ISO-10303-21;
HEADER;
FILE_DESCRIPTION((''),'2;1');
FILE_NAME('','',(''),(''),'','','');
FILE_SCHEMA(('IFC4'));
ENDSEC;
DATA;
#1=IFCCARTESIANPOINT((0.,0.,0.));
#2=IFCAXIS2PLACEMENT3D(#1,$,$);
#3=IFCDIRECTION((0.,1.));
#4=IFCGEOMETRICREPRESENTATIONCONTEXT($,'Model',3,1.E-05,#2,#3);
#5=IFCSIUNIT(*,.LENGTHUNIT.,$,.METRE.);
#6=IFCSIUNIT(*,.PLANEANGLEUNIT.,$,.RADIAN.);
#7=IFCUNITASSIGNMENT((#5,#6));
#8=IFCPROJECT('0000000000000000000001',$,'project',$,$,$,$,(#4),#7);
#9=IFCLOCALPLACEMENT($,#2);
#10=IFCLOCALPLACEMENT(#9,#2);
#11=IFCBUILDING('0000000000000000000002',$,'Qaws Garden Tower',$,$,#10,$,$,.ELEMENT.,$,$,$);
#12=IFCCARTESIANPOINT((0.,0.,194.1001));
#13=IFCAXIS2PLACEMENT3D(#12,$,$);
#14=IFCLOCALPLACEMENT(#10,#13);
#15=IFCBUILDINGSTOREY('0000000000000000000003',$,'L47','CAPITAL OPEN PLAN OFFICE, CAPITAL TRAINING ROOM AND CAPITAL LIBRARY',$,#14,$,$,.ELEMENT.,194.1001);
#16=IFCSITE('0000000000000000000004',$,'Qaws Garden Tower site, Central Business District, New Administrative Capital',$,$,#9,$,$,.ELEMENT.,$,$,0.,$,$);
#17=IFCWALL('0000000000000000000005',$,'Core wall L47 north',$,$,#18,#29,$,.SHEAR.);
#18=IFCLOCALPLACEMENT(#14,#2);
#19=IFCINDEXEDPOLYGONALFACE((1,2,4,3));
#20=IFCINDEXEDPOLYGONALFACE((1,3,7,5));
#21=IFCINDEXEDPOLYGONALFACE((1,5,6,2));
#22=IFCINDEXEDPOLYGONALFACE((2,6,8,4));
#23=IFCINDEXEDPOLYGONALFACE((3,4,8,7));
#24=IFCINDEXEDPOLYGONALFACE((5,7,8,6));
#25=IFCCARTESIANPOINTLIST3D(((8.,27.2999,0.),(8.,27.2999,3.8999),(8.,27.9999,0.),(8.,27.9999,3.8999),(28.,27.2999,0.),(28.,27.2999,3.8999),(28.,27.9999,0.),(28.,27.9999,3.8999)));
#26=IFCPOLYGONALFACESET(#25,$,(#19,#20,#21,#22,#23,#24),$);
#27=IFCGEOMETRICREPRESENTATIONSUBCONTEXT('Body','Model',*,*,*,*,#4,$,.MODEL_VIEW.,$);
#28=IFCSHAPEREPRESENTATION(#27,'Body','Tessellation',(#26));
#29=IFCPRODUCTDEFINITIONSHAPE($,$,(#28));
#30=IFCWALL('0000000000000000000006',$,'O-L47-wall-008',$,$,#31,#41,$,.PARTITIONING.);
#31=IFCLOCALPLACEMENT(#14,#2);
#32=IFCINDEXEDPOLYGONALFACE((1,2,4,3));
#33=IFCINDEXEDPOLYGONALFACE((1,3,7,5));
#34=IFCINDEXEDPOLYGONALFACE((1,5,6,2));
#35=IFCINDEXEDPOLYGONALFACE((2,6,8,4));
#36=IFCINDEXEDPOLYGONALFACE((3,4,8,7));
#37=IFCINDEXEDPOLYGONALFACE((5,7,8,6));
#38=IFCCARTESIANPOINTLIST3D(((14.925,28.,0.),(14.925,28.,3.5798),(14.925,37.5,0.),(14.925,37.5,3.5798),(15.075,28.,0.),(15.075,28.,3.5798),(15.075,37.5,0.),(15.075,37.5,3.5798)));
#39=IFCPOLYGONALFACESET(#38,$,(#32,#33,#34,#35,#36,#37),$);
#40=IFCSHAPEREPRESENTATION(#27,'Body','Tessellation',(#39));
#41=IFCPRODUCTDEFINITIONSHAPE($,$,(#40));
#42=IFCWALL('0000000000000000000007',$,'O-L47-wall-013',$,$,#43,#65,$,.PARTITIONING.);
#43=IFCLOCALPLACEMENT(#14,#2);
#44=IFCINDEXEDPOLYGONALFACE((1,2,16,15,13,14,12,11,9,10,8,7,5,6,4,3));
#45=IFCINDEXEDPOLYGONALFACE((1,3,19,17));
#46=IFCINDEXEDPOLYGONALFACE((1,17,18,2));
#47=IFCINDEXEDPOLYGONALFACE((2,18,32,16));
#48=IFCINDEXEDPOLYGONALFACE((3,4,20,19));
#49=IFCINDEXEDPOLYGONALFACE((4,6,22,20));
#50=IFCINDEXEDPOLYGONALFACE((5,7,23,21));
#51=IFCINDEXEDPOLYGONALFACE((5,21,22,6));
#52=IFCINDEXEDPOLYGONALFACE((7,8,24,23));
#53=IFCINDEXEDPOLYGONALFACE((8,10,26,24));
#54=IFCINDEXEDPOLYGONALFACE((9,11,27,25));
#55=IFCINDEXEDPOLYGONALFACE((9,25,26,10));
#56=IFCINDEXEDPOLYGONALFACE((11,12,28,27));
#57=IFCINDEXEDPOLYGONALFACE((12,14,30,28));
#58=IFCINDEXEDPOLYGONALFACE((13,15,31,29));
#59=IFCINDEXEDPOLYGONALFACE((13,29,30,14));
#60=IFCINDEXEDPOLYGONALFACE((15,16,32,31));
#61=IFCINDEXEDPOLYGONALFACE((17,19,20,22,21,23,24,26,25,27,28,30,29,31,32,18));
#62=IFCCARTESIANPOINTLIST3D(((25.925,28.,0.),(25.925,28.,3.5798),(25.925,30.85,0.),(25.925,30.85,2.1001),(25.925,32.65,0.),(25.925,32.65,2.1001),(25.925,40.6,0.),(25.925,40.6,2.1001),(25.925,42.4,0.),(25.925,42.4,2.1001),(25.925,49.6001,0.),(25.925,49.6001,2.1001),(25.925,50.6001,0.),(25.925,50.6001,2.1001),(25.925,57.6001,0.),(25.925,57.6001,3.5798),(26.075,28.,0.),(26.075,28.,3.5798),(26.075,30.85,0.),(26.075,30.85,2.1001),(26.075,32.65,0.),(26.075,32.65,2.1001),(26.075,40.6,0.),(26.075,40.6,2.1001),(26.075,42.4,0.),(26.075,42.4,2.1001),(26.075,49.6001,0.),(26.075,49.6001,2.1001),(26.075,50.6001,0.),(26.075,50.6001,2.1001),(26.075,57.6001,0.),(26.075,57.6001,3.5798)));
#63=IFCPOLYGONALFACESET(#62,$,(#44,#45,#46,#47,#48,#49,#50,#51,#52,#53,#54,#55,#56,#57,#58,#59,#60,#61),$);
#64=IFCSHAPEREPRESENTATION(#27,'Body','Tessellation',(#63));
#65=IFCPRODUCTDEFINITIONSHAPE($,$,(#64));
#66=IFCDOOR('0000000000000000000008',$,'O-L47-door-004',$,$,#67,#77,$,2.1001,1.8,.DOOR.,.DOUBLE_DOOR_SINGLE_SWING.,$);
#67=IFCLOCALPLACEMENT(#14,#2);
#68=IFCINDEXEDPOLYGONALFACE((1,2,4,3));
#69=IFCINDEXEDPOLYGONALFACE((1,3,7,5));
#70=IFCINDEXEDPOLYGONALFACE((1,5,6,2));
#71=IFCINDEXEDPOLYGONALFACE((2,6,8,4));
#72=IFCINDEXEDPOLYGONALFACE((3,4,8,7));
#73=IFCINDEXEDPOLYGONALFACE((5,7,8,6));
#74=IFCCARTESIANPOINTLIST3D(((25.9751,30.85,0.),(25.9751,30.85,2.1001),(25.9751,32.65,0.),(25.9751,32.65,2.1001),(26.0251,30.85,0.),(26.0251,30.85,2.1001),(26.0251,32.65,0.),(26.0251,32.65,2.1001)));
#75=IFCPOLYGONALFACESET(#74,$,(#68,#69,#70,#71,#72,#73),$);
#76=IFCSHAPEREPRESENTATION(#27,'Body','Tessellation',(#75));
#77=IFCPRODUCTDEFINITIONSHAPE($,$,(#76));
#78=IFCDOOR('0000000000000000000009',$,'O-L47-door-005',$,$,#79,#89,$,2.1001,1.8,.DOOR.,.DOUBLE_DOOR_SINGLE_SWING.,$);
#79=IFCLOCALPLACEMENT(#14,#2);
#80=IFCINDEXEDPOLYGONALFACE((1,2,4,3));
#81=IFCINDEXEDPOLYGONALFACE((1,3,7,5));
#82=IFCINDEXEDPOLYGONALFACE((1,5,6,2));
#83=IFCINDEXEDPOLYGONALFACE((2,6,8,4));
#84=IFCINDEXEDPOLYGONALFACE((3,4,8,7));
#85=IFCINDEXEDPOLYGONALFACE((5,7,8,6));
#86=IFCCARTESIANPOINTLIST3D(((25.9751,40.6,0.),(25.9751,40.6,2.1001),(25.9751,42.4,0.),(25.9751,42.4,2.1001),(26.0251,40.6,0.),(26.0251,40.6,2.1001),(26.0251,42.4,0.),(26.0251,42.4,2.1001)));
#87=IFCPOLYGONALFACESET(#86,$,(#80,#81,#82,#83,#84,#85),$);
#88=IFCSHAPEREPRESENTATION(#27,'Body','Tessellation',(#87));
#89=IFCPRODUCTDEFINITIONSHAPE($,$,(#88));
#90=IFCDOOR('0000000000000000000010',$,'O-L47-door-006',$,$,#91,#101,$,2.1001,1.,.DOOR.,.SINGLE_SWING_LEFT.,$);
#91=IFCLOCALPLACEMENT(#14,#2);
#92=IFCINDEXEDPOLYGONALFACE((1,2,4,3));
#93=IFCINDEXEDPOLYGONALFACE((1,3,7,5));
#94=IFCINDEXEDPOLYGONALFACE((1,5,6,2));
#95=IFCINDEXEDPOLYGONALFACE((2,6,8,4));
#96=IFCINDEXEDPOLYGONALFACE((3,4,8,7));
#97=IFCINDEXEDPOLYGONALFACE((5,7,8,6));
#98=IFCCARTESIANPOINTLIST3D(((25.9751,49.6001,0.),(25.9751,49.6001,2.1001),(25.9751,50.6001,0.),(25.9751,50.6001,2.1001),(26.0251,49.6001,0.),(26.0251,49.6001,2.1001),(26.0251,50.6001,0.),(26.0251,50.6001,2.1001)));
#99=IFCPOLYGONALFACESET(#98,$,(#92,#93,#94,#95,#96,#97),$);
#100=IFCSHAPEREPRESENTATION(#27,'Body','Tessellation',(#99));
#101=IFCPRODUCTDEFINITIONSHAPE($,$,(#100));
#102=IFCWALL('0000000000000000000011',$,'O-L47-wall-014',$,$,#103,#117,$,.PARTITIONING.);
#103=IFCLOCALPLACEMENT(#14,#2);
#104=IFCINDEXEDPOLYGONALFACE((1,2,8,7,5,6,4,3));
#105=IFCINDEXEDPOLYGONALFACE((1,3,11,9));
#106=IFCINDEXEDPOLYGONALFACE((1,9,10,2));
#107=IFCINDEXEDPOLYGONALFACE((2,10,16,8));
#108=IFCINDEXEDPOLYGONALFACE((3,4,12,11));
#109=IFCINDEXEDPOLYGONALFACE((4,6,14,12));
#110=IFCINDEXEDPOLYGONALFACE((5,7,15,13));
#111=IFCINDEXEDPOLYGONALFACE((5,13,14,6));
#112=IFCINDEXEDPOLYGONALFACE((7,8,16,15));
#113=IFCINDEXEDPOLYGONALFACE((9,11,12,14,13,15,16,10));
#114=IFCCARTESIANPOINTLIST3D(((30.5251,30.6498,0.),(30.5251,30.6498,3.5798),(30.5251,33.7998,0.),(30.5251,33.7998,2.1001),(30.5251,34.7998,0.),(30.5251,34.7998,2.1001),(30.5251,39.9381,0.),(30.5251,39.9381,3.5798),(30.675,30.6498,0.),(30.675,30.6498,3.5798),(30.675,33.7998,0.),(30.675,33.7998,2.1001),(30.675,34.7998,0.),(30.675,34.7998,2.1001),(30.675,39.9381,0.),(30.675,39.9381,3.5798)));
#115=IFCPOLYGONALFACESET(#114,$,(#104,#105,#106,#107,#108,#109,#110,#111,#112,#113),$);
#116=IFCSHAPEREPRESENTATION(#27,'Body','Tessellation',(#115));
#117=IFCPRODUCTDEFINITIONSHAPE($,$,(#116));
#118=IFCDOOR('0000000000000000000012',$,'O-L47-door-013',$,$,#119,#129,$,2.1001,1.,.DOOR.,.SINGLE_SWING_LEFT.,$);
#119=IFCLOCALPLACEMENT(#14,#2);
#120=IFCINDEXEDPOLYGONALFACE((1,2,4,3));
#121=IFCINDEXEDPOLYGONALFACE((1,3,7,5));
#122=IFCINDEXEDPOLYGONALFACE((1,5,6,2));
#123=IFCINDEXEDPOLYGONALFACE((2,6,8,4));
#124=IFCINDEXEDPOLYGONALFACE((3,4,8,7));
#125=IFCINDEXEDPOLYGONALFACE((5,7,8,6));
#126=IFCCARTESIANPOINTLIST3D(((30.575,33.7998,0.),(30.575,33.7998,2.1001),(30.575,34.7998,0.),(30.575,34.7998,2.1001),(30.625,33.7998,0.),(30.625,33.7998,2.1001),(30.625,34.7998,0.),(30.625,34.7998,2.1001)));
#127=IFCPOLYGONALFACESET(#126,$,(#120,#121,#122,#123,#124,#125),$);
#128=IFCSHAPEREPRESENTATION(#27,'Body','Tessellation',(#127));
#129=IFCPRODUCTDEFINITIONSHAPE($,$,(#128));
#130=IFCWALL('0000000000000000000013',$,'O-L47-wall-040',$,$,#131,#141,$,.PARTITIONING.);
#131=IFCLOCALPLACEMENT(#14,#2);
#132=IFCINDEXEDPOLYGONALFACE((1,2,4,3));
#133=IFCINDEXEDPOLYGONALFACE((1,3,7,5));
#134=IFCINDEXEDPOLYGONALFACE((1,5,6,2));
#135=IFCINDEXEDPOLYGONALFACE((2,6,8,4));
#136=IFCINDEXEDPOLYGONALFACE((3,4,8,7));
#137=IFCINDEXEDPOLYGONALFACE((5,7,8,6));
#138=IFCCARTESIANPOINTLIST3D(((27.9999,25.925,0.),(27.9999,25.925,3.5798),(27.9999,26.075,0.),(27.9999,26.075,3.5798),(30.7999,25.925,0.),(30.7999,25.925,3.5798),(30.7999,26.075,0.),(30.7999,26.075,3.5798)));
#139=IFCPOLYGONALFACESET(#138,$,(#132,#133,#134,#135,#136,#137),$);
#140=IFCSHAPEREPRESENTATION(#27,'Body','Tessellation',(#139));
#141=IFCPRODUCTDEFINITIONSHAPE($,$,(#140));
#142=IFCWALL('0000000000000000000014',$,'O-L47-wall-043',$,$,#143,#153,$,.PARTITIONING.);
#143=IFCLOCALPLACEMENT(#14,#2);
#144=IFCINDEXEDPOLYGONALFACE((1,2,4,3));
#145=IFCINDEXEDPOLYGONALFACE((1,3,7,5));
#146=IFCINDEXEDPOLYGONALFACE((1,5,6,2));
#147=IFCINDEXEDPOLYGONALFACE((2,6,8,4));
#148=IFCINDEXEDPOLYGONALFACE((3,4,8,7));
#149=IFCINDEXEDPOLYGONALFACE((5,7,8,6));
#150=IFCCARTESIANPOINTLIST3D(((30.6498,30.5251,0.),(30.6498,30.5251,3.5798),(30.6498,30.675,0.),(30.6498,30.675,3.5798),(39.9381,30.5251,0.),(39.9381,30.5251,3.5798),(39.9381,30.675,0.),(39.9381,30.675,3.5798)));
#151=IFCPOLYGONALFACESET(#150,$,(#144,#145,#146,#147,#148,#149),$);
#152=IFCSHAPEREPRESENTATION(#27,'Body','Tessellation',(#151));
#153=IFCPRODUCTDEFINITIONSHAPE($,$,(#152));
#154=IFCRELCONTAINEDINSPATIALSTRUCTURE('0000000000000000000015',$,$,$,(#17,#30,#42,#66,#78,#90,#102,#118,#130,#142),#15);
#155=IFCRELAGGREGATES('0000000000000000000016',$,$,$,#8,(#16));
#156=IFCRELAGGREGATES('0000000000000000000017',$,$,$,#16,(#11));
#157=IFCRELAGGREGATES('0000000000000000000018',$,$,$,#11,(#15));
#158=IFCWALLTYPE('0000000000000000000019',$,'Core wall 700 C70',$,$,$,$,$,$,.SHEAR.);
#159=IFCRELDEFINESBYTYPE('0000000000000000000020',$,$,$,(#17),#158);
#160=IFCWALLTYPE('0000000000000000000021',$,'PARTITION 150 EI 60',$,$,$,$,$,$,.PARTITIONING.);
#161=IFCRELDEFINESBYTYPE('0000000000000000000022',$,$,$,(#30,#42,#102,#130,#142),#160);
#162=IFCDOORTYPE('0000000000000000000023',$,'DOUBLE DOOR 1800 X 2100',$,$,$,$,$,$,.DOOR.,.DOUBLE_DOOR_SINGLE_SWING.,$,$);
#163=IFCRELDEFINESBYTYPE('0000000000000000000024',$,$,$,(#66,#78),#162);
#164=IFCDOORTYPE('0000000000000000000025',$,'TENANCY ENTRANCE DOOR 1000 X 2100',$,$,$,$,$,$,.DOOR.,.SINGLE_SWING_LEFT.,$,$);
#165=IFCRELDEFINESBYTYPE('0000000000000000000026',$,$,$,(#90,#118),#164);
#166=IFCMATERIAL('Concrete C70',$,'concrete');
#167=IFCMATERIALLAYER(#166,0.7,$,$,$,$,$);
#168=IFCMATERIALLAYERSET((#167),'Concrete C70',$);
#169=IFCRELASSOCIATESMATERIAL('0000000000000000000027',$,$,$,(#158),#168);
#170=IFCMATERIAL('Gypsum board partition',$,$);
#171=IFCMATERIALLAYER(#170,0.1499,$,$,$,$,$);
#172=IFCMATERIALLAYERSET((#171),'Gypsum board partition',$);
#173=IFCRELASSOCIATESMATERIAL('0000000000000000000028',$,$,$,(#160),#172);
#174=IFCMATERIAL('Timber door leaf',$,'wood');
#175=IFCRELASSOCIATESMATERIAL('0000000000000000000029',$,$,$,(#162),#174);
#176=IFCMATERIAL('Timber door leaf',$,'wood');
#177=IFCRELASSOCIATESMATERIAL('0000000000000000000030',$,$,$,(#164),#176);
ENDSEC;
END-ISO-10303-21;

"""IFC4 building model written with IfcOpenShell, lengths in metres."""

from ifc_helpers import new_model, si_unit, direction, frame, frame_2d, origin, place, context, subcontext, project, spatial, rectangle, extrude, material, layer, layer_set, type_object, element, fill, save


model = new_model("IFC4")

# Units and contexts
model_context = context("Model", 3, precision=1e-05, world=origin(), true_north=direction((0.0, 1.0)))
body_context = subcontext(model_context, "Body", "Model", "MODEL_VIEW")
ifc_project = project(units=[si_unit("LENGTHUNIT", "METRE"), si_unit("PLANEANGLEUNIT", "RADIAN")], contexts=[model_context])

# Site, building, storey
site_placement = place(None, origin())
site = spatial("IfcSite", under=ifc_project, at=site_placement, Name="Qaws Garden Tower site, Central Business District, New Administrative Capital", CompositionType="ELEMENT", RefElevation=0.0)
building_placement = place(site_placement, origin())
building = spatial("IfcBuilding", under=site, at=building_placement, Name="Qaws Garden Tower", CompositionType="ELEMENT")
storey_placement = place(building_placement, frame((0.0, 0.0, 194.1001)))
storey = spatial("IfcBuildingStorey", under=building, at=storey_placement, Name="L47", Description="CAPITAL OPEN PLAN OFFICE, CAPITAL TRAINING ROOM AND CAPITAL LIBRARY", CompositionType="ELEMENT", Elevation=194.1001)

# Walls
ifc_material_1 = material(Name="Concrete C70", Category="concrete")
ifc_layer_1 = layer(ifc_material_1, 0.7)
ifc_layer_set_1 = layer_set([ifc_layer_1], Name="Concrete C70")
wall_type_1 = type_object("IfcWallType", Name="Core wall 700 C70", PredefinedType="SHEAR", material=ifc_layer_set_1)
wall_1_placement = place(storey_placement, frame((28.0, 27.6499, 0.0), z_axis=(0.0, 0.0, 1.0), x_axis=(-1.0, 0.0, 0.0)))
element("IfcWall", 1, at=wall_1_placement, inside=storey, type_object=wall_type_1, Name="Core wall L47 north", PredefinedType="SHEAR", context=body_context, shape_type="SweptSolid", body=[
    extrude(rectangle(XDim=20.0, YDim=0.7, at=frame_2d((10.0, 0.0))), origin(), (0.0, 0.0, 1.0), 3.8999),
])
ifc_material_2 = material(Name="Gypsum board partition")
ifc_layer_2 = layer(ifc_material_2, 0.1499)
ifc_layer_set_2 = layer_set([ifc_layer_2], Name="Gypsum board partition")
wall_type_2 = type_object("IfcWallType", Name="PARTITION 150 EI 60", PredefinedType="PARTITIONING", material=ifc_layer_set_2)
wall_2_placement = place(storey_placement, frame((15.0, 28.0, 0.0), z_axis=(0.0, 0.0, 1.0), x_axis=(0.0, 1.0, 0.0)))
element("IfcWall", 2, at=wall_2_placement, inside=storey, type_object=wall_type_2, Name="O-L47-wall-008", PredefinedType="PARTITIONING", context=body_context, shape_type="SweptSolid", body=[
    extrude(rectangle(XDim=9.5, YDim=0.1499, at=frame_2d((4.75, 0.0))), origin(), (0.0, 0.0, 1.0), 3.5798),
])

# Wall, openings, doors
wall_3_placement = place(storey_placement, frame((26.0, 28.0, 0.0), z_axis=(0.0, 0.0, 1.0), x_axis=(0.0, 1.0, 0.0)))
wall_3 = element("IfcWall", 3, at=wall_3_placement, inside=storey, type_object=wall_type_2, Name="O-L47-wall-013", PredefinedType="PARTITIONING", context=body_context, shape_type="SweptSolid", body=[
    extrude(rectangle(XDim=29.6001, YDim=0.1499, at=frame_2d((14.8, 0.0))), origin(), (0.0, 0.0, 1.0), 3.5798),
])
opening_1_placement = place(wall_3_placement, frame((2.8501, 0.0, 0.0)))
opening_1 = element("IfcOpeningElement", 4, at=opening_1_placement, cuts=wall_3, PredefinedType="OPENING", context=body_context, shape_type="SweptSolid", body=[
    extrude(rectangle(XDim=1.8, YDim=2.1001, at=frame_2d((0.8999, 1.05))), frame((0.0, 0.085, 0.0), z_axis=(0.0, -1.0, 0.0), x_axis=(1.0, 0.0, 0.0)), (0.0, 0.0, 1.0), 0.1699),
])
opening_2_placement = place(wall_3_placement, frame((12.6001, 0.0, 0.0)))
opening_2 = element("IfcOpeningElement", 5, at=opening_2_placement, cuts=wall_3, PredefinedType="OPENING", context=body_context, shape_type="SweptSolid", body=[
    extrude(rectangle(XDim=1.8, YDim=2.1001, at=frame_2d((0.8999, 1.05))), frame((0.0, 0.085, 0.0), z_axis=(0.0, -1.0, 0.0), x_axis=(1.0, 0.0, 0.0)), (0.0, 0.0, 1.0), 0.1699),
])
opening_3_placement = place(wall_3_placement, frame((21.6001, 0.0, 0.0)))
opening_3 = element("IfcOpeningElement", 6, at=opening_3_placement, cuts=wall_3, PredefinedType="OPENING", context=body_context, shape_type="SweptSolid", body=[
    extrude(rectangle(XDim=1.0, YDim=2.1001, at=frame_2d((0.5, 1.05))), frame((0.0, 0.085, 0.0), z_axis=(0.0, -1.0, 0.0), x_axis=(1.0, 0.0, 0.0)), (0.0, 0.0, 1.0), 0.1699),
])
ifc_material_3 = material(Name="Timber door leaf", Category="wood")
door_type_1 = type_object("IfcDoorType", Name="DOUBLE DOOR 1800 X 2100", OperationType="DOUBLE_DOOR_SINGLE_SWING", PredefinedType="DOOR", material=ifc_material_3)
door_1_placement = place(opening_1_placement, origin())
door_1 = element("IfcDoor", 7, at=door_1_placement, inside=storey, type_object=door_type_1, Name="O-L47-door-004", OperationType="DOUBLE_DOOR_SINGLE_SWING", OverallHeight=2.1001, OverallWidth=1.8, PredefinedType="DOOR", context=body_context, shape_type="SweptSolid", body=[
    extrude(rectangle(XDim=1.8, YDim=2.1001, at=frame_2d((0.8999, 1.05))), frame((0.0, 0.0249, 0.0), z_axis=(0.0, -1.0, 0.0), x_axis=(1.0, 0.0, 0.0)), (0.0, 0.0, 1.0), 0.05),
])
fill(opening_1, door_1)
door_2_placement = place(opening_2_placement, origin())
door_2 = element("IfcDoor", 8, at=door_2_placement, inside=storey, type_object=door_type_1, Name="O-L47-door-005", OperationType="DOUBLE_DOOR_SINGLE_SWING", OverallHeight=2.1001, OverallWidth=1.8, PredefinedType="DOOR", context=body_context, shape_type="SweptSolid", body=[
    extrude(rectangle(XDim=1.8, YDim=2.1001, at=frame_2d((0.8999, 1.05))), frame((0.0, 0.0249, 0.0), z_axis=(0.0, -1.0, 0.0), x_axis=(1.0, 0.0, 0.0)), (0.0, 0.0, 1.0), 0.05),
])
fill(opening_2, door_2)
ifc_material_4 = material(Name="Timber door leaf", Category="wood")
door_type_2 = type_object("IfcDoorType", Name="TENANCY ENTRANCE DOOR 1000 X 2100", OperationType="SINGLE_SWING_LEFT", PredefinedType="DOOR", material=ifc_material_4)
door_3_placement = place(opening_3_placement, origin())
door_3 = element("IfcDoor", 9, at=door_3_placement, inside=storey, type_object=door_type_2, Name="O-L47-door-006", OperationType="SINGLE_SWING_LEFT", OverallHeight=2.1001, OverallWidth=1.0, PredefinedType="DOOR", context=body_context, shape_type="SweptSolid", body=[
    extrude(rectangle(XDim=1.0, YDim=2.1001, at=frame_2d((0.5, 1.05))), frame((0.0, 0.0249, 0.0), z_axis=(0.0, -1.0, 0.0), x_axis=(1.0, 0.0, 0.0)), (0.0, 0.0, 1.0), 0.05),
])
fill(opening_3, door_3)

# Wall, opening, door
wall_4_placement = place(storey_placement, frame((30.6001, 30.6499, 0.0), z_axis=(0.0, 0.0, 1.0), x_axis=(0.0, 1.0, 0.0)))
wall_4 = element("IfcWall", 10, at=wall_4_placement, inside=storey, type_object=wall_type_2, Name="O-L47-wall-014", PredefinedType="PARTITIONING", context=body_context, shape_type="SweptSolid", body=[
    extrude(rectangle(XDim=9.2883, YDim=0.1499, at=frame_2d((4.644, 0.0))), origin(), (0.0, 0.0, 1.0), 3.5798),
])
opening_4_placement = place(wall_4_placement, frame((3.1499, 0.0, 0.0)))
opening_4 = element("IfcOpeningElement", 11, at=opening_4_placement, cuts=wall_4, PredefinedType="OPENING", context=body_context, shape_type="SweptSolid", body=[
    extrude(rectangle(XDim=1.0, YDim=2.1001, at=frame_2d((0.5, 1.05))), frame((0.0, 0.085, 0.0), z_axis=(0.0, -1.0, 0.0), x_axis=(1.0, 0.0, 0.0)), (0.0, 0.0, 1.0), 0.1699),
])
door_4_placement = place(opening_4_placement, frame((1.0, 0.0, 0.0), z_axis=(0.0, 0.0, 1.0), x_axis=(-1.0, 0.0, 0.0)))
door_4 = element("IfcDoor", 12, at=door_4_placement, inside=storey, type_object=door_type_2, Name="O-L47-door-013", OperationType="SINGLE_SWING_LEFT", OverallHeight=2.1001, OverallWidth=1.0, PredefinedType="DOOR", context=body_context, shape_type="SweptSolid", body=[
    extrude(rectangle(XDim=1.0, YDim=2.1001, at=frame_2d((0.5, 1.05))), frame((0.0, 0.0249, 0.0), z_axis=(0.0, -1.0, 0.0), x_axis=(1.0, 0.0, 0.0)), (0.0, 0.0, 1.0), 0.05),
])
fill(opening_4, door_4)

# Walls
wall_5_placement = place(storey_placement, frame((28.0, 26.0, 0.0), z_axis=(0.0, 0.0, 1.0), x_axis=(1.0, 0.0, 0.0)))
element("IfcWall", 13, at=wall_5_placement, inside=storey, type_object=wall_type_2, Name="O-L47-wall-040", PredefinedType="PARTITIONING", context=body_context, shape_type="SweptSolid", body=[
    extrude(rectangle(XDim=2.8, YDim=0.1499, at=frame_2d((1.3999, 0.0))), origin(), (0.0, 0.0, 1.0), 3.5798),
])
wall_6_placement = place(storey_placement, frame((30.6499, 30.6001, 0.0), z_axis=(0.0, 0.0, 1.0), x_axis=(1.0, 0.0, 0.0)))
element("IfcWall", 14, at=wall_6_placement, inside=storey, type_object=wall_type_2, Name="O-L47-wall-043", PredefinedType="PARTITIONING", context=body_context, shape_type="SweptSolid", body=[
    extrude(rectangle(XDim=9.2883, YDim=0.1499, at=frame_2d((4.644, 0.0))), origin(), (0.0, 0.0, 1.0), 3.5798),
])

save(model, "model.ifc")
